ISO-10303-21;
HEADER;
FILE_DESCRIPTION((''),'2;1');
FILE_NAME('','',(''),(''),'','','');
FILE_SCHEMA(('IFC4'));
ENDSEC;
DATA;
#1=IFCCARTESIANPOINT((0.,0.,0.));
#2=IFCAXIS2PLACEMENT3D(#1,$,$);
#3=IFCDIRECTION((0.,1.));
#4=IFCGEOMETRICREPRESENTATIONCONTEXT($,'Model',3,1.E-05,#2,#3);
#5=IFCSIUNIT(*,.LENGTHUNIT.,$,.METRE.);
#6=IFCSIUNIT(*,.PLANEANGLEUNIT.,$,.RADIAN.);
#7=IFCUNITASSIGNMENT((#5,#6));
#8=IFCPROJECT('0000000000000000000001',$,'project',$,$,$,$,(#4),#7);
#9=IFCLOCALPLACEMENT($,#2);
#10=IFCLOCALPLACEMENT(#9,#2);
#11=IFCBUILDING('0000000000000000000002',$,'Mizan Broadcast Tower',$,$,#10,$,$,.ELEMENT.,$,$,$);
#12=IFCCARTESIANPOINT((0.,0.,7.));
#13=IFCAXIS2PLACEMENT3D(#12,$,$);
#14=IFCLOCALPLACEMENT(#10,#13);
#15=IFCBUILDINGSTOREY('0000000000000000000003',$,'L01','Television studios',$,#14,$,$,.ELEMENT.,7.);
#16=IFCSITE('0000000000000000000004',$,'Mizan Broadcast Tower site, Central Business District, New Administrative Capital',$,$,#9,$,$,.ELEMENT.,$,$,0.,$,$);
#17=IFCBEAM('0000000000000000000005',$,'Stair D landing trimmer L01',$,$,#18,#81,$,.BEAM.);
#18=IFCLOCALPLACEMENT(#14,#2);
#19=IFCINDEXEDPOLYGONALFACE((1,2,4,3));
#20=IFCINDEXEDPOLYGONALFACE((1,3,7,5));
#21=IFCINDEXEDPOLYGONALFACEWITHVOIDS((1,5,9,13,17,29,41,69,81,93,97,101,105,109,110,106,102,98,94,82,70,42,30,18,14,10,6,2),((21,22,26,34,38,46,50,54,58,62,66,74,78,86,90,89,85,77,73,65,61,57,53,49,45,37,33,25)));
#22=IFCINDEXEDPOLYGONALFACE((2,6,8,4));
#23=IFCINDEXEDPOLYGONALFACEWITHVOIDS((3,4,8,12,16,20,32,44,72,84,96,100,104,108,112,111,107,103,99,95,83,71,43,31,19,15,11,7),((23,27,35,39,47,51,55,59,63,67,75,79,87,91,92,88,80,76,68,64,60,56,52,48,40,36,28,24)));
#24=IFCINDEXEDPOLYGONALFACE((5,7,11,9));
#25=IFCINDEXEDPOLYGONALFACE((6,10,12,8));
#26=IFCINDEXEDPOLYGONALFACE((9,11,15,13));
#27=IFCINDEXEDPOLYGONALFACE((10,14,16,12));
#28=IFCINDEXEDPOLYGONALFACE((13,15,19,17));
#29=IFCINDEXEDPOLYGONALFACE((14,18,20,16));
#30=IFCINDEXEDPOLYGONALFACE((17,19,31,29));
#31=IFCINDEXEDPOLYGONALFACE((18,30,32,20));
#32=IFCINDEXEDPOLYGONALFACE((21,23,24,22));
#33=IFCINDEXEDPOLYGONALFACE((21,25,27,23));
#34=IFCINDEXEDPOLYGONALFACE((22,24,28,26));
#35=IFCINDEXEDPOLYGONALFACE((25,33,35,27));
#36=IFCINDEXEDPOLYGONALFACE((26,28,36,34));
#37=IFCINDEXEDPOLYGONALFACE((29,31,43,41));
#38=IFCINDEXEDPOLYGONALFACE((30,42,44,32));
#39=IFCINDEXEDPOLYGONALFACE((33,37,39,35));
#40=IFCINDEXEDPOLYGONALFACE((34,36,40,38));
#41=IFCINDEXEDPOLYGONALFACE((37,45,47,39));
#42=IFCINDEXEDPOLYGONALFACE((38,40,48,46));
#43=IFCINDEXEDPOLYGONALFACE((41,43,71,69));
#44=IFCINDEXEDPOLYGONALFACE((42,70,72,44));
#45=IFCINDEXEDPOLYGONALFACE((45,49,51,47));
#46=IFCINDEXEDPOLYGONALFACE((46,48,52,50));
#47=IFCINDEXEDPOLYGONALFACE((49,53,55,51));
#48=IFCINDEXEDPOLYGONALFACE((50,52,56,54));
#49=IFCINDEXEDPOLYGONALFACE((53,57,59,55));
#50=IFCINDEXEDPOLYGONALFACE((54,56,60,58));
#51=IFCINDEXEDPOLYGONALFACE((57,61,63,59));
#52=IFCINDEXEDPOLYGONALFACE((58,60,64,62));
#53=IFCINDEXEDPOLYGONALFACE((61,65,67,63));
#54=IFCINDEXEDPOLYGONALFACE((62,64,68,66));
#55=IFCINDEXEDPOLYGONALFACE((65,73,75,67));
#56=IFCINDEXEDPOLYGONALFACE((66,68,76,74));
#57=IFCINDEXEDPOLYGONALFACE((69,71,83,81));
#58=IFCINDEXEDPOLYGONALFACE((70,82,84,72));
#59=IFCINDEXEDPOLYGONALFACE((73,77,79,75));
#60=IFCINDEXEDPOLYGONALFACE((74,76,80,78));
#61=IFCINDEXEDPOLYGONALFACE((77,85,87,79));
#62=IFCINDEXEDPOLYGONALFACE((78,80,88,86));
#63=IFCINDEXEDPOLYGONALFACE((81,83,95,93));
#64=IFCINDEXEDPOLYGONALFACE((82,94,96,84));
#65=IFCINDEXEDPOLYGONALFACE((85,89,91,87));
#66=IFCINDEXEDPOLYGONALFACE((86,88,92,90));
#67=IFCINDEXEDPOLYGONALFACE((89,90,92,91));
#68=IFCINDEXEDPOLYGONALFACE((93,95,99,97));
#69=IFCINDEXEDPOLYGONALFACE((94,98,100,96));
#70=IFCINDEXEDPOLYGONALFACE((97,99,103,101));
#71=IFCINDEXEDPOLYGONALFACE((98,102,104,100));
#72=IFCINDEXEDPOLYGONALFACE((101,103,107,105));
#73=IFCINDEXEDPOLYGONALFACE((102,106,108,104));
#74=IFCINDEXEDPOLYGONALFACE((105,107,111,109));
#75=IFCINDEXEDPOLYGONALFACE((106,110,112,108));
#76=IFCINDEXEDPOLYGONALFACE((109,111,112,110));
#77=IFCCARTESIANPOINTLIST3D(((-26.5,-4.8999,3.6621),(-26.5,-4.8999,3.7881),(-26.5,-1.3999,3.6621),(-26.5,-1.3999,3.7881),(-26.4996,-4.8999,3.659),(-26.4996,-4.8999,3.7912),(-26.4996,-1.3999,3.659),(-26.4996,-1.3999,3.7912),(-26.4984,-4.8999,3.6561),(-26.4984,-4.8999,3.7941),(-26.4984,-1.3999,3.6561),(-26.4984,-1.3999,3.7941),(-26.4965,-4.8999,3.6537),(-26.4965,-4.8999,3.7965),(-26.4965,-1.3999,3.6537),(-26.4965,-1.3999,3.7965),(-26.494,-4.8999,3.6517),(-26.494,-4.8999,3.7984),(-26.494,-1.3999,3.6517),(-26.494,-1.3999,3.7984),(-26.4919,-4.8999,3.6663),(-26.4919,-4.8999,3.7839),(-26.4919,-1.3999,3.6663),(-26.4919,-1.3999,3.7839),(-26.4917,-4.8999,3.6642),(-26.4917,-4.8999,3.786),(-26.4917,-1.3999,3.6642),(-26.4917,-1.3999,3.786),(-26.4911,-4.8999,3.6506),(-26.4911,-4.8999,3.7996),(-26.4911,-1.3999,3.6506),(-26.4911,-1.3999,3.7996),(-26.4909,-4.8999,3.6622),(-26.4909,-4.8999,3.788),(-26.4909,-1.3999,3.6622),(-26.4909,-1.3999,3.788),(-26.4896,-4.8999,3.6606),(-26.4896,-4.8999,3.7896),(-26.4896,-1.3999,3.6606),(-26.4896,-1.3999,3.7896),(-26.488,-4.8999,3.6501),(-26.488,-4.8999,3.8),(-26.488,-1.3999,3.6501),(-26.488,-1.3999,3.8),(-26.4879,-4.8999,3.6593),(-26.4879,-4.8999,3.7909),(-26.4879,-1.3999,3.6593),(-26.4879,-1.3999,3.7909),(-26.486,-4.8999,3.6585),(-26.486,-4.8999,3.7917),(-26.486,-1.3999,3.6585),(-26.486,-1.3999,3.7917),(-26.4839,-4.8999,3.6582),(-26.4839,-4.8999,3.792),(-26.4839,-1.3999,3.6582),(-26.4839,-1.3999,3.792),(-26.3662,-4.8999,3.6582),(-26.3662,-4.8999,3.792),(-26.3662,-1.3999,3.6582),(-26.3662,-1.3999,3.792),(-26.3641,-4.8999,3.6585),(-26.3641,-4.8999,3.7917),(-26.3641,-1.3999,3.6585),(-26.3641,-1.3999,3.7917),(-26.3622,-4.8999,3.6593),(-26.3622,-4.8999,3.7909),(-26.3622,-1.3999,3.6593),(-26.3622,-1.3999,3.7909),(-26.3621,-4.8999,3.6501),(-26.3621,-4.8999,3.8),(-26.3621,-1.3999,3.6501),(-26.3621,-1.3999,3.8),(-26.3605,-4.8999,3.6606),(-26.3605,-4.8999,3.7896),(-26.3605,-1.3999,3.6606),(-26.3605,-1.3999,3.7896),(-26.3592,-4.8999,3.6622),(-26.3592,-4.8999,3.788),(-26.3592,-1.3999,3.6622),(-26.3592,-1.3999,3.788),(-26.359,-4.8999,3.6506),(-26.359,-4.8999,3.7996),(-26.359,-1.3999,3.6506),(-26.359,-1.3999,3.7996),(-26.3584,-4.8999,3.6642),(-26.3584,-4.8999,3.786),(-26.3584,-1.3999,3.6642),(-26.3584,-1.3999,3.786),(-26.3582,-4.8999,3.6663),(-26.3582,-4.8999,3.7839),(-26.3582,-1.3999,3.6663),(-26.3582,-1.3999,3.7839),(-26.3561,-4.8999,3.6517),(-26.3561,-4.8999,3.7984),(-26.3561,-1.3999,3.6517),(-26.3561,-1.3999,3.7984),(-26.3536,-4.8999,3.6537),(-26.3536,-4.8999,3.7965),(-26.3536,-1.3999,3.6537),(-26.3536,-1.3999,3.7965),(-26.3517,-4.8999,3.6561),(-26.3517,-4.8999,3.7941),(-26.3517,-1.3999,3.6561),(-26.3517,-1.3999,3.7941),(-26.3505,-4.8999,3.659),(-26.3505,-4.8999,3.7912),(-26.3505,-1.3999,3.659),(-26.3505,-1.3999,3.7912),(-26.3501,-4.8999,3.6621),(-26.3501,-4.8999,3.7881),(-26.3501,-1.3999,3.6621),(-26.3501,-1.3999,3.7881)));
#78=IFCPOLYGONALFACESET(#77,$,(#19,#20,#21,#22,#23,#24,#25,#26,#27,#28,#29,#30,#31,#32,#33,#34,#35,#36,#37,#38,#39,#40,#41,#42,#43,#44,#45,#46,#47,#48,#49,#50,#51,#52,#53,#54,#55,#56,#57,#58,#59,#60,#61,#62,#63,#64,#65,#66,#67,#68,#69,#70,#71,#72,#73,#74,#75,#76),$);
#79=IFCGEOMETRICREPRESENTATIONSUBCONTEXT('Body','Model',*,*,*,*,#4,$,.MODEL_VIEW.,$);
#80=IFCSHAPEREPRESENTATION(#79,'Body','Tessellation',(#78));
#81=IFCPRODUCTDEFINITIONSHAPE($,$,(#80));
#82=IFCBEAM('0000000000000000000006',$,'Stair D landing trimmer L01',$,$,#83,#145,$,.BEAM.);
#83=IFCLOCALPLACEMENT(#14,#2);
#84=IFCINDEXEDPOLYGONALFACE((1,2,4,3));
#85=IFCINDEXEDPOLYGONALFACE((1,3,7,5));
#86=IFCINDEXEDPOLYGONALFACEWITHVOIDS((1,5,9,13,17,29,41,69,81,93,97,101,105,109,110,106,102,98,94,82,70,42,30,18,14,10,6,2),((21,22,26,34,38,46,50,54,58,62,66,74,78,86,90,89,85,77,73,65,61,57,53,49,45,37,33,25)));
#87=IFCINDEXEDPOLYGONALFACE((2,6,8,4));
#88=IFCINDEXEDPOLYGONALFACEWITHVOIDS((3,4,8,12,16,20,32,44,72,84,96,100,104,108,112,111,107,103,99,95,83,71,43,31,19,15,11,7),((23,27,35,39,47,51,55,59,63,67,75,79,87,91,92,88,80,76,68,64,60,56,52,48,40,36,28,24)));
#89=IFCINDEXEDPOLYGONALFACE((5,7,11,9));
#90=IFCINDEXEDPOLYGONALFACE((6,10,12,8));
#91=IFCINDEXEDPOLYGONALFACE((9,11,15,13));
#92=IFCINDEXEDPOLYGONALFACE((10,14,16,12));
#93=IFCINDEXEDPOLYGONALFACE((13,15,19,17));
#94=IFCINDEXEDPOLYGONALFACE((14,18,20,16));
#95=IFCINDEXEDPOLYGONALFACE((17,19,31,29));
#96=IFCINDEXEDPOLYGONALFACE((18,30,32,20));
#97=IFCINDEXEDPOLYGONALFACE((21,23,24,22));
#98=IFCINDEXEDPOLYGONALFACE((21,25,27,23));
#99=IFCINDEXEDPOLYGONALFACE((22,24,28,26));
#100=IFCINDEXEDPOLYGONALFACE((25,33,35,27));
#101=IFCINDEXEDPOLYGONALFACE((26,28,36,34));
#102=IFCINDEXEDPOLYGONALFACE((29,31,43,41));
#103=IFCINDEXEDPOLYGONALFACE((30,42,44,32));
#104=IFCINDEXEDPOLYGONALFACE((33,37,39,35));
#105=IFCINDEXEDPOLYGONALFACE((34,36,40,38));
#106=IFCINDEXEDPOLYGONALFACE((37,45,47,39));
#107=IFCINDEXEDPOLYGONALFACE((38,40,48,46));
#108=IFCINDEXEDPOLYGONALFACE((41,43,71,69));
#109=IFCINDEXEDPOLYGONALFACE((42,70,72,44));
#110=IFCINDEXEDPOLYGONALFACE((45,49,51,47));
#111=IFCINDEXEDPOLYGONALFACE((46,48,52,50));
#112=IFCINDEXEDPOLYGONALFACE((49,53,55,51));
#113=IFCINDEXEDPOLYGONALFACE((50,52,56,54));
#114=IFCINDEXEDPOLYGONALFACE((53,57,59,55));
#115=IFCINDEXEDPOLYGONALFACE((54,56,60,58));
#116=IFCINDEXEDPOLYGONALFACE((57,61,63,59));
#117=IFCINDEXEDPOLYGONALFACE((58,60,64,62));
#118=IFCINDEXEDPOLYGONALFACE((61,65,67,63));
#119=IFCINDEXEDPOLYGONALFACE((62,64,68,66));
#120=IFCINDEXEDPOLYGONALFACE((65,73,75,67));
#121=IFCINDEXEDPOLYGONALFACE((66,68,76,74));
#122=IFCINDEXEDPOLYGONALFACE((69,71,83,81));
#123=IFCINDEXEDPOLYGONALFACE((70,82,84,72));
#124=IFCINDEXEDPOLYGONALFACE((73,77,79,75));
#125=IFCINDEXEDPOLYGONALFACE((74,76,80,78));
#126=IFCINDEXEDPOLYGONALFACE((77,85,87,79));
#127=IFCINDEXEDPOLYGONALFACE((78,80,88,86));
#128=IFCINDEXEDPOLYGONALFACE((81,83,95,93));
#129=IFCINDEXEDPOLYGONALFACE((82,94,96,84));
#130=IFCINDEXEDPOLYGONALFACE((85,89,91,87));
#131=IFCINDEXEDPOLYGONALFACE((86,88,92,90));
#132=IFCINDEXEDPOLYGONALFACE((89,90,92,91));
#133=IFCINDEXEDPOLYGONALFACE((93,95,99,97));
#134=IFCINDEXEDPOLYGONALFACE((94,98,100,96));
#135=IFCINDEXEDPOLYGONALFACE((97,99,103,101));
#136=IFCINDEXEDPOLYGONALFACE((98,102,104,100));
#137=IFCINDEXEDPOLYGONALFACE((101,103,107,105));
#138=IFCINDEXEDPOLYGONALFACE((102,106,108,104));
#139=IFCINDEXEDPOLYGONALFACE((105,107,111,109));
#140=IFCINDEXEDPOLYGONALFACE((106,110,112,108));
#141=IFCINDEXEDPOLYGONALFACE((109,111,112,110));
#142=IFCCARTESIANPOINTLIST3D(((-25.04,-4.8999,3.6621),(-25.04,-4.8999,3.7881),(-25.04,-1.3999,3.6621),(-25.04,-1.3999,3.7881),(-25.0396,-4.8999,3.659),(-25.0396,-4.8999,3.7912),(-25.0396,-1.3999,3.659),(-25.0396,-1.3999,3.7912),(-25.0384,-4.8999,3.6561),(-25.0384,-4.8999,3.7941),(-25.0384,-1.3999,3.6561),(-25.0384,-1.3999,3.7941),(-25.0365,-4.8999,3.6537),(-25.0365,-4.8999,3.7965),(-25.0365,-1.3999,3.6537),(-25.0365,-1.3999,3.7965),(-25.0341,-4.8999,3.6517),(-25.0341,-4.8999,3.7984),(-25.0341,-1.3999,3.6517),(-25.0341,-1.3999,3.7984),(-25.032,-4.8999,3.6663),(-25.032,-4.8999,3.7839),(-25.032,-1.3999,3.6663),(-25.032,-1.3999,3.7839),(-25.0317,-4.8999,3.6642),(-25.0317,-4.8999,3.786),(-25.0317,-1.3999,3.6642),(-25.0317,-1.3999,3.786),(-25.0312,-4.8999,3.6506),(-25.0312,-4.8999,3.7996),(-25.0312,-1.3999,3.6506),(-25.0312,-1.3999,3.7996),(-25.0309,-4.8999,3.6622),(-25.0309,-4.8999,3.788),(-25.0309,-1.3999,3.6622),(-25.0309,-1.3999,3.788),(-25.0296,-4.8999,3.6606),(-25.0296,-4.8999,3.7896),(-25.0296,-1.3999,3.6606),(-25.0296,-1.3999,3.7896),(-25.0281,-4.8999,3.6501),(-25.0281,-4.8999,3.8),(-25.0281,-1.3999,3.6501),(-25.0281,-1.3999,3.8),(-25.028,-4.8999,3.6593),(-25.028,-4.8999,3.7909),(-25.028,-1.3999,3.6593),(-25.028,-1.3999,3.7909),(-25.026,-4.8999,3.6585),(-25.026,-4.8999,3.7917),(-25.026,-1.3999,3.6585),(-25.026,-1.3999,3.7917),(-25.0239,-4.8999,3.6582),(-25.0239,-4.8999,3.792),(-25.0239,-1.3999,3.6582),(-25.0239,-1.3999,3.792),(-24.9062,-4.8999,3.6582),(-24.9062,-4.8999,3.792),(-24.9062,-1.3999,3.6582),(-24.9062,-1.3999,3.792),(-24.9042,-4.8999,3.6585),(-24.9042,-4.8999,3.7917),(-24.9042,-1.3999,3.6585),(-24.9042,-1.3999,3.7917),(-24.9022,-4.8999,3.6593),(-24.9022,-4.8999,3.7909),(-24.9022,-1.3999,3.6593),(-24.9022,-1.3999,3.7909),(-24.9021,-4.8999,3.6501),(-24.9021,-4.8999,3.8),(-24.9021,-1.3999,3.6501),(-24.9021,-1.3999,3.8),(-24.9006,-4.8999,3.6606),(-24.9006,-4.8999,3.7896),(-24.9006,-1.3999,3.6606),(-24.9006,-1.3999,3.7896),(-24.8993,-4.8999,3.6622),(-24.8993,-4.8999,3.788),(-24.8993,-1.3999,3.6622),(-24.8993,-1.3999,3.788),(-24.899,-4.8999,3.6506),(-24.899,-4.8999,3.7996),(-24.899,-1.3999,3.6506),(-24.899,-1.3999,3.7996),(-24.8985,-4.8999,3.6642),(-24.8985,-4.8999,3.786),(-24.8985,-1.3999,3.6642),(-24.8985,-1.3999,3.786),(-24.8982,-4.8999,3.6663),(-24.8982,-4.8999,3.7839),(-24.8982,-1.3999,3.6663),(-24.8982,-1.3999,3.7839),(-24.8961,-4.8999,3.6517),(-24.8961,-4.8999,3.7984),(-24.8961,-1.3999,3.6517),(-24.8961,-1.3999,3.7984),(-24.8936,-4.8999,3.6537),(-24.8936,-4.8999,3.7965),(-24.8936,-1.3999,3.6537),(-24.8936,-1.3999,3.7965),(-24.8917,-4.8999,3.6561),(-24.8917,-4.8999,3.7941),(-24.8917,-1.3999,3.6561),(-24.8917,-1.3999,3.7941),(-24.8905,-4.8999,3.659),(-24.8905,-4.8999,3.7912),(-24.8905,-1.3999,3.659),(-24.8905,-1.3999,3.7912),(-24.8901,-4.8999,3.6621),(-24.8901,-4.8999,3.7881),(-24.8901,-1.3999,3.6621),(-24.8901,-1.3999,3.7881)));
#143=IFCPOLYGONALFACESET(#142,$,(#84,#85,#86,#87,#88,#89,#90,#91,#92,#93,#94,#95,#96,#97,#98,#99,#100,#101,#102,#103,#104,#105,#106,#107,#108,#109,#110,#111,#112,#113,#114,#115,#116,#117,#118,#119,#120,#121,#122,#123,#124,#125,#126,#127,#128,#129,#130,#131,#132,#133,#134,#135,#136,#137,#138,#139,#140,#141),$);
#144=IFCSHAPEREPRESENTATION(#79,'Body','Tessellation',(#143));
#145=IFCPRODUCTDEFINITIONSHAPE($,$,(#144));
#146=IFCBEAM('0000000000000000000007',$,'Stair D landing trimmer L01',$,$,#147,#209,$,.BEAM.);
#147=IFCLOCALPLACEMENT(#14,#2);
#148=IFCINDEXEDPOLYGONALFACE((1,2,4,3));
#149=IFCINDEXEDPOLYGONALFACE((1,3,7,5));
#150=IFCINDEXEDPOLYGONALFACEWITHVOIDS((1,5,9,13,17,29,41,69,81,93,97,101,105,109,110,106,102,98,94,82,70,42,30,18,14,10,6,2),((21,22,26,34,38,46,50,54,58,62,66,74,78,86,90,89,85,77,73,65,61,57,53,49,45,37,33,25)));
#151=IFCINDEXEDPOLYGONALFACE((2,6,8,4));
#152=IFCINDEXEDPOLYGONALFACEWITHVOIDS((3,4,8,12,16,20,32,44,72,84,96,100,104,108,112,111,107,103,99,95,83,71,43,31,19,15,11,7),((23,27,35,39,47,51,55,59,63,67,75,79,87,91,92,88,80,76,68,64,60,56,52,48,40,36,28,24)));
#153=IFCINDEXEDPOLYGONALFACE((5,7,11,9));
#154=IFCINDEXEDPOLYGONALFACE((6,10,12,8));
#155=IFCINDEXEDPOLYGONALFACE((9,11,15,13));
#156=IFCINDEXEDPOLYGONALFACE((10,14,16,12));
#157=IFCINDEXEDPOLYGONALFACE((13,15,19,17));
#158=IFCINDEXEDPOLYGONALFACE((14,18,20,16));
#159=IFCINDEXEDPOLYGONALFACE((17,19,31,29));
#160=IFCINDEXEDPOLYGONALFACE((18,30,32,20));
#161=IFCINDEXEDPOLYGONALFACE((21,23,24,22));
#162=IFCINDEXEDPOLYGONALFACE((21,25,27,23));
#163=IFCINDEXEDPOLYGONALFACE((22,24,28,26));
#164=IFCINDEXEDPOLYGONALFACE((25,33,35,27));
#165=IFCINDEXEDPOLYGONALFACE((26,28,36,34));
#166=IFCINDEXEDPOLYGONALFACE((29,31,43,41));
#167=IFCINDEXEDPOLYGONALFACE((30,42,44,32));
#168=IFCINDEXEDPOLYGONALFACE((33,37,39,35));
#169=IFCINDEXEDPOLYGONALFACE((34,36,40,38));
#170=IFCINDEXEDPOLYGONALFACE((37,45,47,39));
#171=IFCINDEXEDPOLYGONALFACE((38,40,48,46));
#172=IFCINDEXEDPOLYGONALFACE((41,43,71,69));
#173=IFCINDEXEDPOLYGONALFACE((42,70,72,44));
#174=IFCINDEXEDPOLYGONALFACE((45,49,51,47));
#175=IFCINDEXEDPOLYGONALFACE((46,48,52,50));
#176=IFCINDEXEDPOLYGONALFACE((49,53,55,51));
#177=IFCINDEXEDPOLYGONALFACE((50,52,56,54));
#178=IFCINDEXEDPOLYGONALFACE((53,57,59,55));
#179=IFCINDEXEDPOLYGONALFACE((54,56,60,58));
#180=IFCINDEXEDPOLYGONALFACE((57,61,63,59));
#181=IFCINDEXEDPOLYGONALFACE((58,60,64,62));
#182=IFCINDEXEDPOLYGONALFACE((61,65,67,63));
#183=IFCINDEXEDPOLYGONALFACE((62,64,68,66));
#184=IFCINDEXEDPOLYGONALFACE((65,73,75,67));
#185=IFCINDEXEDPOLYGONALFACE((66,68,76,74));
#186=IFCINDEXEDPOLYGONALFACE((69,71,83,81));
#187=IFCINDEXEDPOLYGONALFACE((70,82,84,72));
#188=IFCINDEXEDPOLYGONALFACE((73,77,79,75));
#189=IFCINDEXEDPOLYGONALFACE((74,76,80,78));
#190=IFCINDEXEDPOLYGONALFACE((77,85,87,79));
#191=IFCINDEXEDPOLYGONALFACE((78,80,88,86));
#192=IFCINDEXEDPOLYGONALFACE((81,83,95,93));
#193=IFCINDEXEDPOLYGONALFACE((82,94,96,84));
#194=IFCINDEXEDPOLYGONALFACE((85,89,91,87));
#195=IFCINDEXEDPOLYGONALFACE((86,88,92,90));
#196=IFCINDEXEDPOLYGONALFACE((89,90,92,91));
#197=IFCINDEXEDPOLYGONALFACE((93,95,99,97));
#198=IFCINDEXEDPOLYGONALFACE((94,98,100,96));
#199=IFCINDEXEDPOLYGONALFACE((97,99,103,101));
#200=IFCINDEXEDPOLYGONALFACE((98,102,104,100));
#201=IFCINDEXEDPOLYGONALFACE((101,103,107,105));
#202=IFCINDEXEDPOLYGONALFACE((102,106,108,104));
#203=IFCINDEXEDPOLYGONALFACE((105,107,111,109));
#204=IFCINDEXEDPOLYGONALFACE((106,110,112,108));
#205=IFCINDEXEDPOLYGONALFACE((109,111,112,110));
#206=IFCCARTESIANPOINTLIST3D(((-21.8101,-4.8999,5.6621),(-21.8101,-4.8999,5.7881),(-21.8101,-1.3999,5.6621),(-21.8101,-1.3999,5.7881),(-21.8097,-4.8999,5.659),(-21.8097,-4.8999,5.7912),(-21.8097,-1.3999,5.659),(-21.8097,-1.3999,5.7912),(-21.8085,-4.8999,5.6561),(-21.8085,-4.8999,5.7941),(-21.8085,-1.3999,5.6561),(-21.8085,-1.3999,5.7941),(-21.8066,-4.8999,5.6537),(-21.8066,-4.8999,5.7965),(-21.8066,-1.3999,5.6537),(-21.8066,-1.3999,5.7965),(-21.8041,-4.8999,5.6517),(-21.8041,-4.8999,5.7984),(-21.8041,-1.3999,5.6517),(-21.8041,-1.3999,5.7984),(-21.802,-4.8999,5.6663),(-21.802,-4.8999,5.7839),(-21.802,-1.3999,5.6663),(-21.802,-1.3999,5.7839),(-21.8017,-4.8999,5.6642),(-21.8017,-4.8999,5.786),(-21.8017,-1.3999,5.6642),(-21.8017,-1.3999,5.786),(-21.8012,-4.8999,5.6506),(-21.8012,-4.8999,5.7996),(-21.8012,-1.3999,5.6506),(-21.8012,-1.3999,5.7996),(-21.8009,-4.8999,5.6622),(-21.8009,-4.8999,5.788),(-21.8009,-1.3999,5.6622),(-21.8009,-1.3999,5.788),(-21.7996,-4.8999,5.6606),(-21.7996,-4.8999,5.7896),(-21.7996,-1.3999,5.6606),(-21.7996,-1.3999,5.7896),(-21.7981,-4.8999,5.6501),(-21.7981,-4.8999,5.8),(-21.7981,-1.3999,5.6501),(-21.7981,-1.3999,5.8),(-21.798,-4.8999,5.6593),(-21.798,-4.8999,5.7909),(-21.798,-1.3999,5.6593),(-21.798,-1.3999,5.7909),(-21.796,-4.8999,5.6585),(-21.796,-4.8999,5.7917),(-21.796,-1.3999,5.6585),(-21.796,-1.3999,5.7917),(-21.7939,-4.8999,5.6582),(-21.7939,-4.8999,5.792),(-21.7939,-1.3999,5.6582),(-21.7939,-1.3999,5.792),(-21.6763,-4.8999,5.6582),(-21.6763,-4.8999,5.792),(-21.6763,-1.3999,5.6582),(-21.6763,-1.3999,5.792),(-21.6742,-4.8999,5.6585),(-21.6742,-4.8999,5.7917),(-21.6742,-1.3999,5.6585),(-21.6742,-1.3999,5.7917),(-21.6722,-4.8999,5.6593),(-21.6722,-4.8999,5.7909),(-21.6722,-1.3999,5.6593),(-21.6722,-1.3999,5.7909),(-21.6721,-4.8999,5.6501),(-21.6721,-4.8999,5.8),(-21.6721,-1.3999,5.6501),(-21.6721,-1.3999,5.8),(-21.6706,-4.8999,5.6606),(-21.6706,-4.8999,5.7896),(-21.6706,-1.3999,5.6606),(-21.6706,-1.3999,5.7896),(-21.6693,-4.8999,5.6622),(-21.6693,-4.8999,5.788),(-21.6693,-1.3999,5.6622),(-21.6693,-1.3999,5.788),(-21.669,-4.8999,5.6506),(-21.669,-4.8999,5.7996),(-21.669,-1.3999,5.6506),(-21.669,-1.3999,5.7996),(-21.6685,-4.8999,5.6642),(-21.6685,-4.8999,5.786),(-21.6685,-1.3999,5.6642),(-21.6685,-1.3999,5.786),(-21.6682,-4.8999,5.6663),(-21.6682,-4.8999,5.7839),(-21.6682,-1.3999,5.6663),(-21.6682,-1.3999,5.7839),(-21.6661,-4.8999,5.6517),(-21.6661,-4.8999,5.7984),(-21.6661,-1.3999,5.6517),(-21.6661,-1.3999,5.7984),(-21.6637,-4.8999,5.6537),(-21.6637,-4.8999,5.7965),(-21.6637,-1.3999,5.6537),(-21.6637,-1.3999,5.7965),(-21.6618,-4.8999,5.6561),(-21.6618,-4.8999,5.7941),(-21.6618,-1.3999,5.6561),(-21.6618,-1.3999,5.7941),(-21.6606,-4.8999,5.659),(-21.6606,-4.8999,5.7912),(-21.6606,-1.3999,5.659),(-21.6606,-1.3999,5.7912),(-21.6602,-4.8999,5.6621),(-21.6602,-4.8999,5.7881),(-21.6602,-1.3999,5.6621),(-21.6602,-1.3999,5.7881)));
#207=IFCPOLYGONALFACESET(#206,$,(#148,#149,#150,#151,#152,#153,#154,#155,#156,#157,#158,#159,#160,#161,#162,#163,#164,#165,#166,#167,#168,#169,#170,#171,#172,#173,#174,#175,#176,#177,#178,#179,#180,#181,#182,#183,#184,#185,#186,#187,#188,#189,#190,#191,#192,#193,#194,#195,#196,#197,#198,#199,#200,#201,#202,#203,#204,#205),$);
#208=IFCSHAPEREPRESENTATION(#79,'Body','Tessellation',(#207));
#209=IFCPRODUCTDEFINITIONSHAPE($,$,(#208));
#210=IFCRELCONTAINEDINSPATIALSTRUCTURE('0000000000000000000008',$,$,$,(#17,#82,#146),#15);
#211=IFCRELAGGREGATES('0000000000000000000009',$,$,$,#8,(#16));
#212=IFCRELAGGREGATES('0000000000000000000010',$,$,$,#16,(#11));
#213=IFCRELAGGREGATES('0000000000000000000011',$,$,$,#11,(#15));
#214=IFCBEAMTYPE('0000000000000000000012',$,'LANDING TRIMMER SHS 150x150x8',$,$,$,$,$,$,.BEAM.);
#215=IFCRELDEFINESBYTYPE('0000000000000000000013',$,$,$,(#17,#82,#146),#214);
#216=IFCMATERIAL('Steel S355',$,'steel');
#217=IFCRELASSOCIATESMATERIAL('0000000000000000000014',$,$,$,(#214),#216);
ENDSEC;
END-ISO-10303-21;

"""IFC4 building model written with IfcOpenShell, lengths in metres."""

from ifc_helpers import new_model, si_unit, direction, frame, origin, origin_2d, place, context, subcontext, project, spatial, hollow_rectangle, extrude, material, material_profile, profile_set, type_object, element, save


model = new_model("IFC4")

# Units and contexts
model_context = context("Model", 3, precision=1e-05, world=origin(), true_north=direction((0.0, 1.0)))
body_context = subcontext(model_context, "Body", "Model", "MODEL_VIEW")
ifc_project = project(units=[si_unit("LENGTHUNIT", "METRE"), si_unit("PLANEANGLEUNIT", "RADIAN")], contexts=[model_context])

# Site, building, storey
site_placement = place(None, origin())
site = spatial("IfcSite", under=ifc_project, at=site_placement, Name="Mizan Broadcast Tower site, Central Business District, New Administrative Capital", CompositionType="ELEMENT", RefElevation=0.0)
building_placement = place(site_placement, origin())
building = spatial("IfcBuilding", under=site, at=building_placement, Name="Mizan Broadcast Tower", CompositionType="ELEMENT")
storey_placement = place(building_placement, frame((0.0, 0.0, 7.0)))
storey = spatial("IfcBuildingStorey", under=building, at=storey_placement, Name="L01", Description="Television studios", CompositionType="ELEMENT", Elevation=7.0)

# Beams
ifc_material_1 = material(Name="Steel S355", Category="steel")
ifc_material_profile_1 = material_profile(ifc_material_1, hollow_rectangle(XDim=0.1499, YDim=0.1499, WallThickness=0.0081, InnerFilletRadius=0.0081, OuterFilletRadius=0.012, at=origin_2d()), Name="SHS 150x150x8")
ifc_profile_set_1 = profile_set([ifc_material_profile_1], Name="Steel S355")
beam_type_1 = type_object("IfcBeamType", Name="LANDING TRIMMER SHS 150x150x8", PredefinedType="BEAM", material=ifc_profile_set_1)
for number, where, z_axis, x_axis, name in (
    (1, (-26.425, -1.3999, 3.7251), (0.0, -1.0, 0.0), (1.0, 0.0, 0.0), "Stair D landing trimmer L01"),
    (2, (-24.9651, -1.3999, 3.7251), (0.0, -1.0, 0.0), (1.0, 0.0, 0.0), "Stair D landing trimmer L01"),
    (3, (-21.7351, -1.3999, 5.7251), (0.0, -1.0, 0.0), (1.0, 0.0, 0.0), "Stair D landing trimmer L01"),
):
    element("IfcBeam", number, at=place(storey_placement, frame(where, z_axis=z_axis, x_axis=x_axis)), inside=storey, type_object=beam_type_1, Name=name, PredefinedType="BEAM", context=body_context, shape_type="SweptSolid", body=[
        extrude(hollow_rectangle(XDim=0.1499, YDim=0.1499, WallThickness=0.0081, InnerFilletRadius=0.0081, OuterFilletRadius=0.012, at=origin_2d()), origin(), (0.0, 0.0, 1.0), 3.5),
    ])

save(model, "model.ifc")
